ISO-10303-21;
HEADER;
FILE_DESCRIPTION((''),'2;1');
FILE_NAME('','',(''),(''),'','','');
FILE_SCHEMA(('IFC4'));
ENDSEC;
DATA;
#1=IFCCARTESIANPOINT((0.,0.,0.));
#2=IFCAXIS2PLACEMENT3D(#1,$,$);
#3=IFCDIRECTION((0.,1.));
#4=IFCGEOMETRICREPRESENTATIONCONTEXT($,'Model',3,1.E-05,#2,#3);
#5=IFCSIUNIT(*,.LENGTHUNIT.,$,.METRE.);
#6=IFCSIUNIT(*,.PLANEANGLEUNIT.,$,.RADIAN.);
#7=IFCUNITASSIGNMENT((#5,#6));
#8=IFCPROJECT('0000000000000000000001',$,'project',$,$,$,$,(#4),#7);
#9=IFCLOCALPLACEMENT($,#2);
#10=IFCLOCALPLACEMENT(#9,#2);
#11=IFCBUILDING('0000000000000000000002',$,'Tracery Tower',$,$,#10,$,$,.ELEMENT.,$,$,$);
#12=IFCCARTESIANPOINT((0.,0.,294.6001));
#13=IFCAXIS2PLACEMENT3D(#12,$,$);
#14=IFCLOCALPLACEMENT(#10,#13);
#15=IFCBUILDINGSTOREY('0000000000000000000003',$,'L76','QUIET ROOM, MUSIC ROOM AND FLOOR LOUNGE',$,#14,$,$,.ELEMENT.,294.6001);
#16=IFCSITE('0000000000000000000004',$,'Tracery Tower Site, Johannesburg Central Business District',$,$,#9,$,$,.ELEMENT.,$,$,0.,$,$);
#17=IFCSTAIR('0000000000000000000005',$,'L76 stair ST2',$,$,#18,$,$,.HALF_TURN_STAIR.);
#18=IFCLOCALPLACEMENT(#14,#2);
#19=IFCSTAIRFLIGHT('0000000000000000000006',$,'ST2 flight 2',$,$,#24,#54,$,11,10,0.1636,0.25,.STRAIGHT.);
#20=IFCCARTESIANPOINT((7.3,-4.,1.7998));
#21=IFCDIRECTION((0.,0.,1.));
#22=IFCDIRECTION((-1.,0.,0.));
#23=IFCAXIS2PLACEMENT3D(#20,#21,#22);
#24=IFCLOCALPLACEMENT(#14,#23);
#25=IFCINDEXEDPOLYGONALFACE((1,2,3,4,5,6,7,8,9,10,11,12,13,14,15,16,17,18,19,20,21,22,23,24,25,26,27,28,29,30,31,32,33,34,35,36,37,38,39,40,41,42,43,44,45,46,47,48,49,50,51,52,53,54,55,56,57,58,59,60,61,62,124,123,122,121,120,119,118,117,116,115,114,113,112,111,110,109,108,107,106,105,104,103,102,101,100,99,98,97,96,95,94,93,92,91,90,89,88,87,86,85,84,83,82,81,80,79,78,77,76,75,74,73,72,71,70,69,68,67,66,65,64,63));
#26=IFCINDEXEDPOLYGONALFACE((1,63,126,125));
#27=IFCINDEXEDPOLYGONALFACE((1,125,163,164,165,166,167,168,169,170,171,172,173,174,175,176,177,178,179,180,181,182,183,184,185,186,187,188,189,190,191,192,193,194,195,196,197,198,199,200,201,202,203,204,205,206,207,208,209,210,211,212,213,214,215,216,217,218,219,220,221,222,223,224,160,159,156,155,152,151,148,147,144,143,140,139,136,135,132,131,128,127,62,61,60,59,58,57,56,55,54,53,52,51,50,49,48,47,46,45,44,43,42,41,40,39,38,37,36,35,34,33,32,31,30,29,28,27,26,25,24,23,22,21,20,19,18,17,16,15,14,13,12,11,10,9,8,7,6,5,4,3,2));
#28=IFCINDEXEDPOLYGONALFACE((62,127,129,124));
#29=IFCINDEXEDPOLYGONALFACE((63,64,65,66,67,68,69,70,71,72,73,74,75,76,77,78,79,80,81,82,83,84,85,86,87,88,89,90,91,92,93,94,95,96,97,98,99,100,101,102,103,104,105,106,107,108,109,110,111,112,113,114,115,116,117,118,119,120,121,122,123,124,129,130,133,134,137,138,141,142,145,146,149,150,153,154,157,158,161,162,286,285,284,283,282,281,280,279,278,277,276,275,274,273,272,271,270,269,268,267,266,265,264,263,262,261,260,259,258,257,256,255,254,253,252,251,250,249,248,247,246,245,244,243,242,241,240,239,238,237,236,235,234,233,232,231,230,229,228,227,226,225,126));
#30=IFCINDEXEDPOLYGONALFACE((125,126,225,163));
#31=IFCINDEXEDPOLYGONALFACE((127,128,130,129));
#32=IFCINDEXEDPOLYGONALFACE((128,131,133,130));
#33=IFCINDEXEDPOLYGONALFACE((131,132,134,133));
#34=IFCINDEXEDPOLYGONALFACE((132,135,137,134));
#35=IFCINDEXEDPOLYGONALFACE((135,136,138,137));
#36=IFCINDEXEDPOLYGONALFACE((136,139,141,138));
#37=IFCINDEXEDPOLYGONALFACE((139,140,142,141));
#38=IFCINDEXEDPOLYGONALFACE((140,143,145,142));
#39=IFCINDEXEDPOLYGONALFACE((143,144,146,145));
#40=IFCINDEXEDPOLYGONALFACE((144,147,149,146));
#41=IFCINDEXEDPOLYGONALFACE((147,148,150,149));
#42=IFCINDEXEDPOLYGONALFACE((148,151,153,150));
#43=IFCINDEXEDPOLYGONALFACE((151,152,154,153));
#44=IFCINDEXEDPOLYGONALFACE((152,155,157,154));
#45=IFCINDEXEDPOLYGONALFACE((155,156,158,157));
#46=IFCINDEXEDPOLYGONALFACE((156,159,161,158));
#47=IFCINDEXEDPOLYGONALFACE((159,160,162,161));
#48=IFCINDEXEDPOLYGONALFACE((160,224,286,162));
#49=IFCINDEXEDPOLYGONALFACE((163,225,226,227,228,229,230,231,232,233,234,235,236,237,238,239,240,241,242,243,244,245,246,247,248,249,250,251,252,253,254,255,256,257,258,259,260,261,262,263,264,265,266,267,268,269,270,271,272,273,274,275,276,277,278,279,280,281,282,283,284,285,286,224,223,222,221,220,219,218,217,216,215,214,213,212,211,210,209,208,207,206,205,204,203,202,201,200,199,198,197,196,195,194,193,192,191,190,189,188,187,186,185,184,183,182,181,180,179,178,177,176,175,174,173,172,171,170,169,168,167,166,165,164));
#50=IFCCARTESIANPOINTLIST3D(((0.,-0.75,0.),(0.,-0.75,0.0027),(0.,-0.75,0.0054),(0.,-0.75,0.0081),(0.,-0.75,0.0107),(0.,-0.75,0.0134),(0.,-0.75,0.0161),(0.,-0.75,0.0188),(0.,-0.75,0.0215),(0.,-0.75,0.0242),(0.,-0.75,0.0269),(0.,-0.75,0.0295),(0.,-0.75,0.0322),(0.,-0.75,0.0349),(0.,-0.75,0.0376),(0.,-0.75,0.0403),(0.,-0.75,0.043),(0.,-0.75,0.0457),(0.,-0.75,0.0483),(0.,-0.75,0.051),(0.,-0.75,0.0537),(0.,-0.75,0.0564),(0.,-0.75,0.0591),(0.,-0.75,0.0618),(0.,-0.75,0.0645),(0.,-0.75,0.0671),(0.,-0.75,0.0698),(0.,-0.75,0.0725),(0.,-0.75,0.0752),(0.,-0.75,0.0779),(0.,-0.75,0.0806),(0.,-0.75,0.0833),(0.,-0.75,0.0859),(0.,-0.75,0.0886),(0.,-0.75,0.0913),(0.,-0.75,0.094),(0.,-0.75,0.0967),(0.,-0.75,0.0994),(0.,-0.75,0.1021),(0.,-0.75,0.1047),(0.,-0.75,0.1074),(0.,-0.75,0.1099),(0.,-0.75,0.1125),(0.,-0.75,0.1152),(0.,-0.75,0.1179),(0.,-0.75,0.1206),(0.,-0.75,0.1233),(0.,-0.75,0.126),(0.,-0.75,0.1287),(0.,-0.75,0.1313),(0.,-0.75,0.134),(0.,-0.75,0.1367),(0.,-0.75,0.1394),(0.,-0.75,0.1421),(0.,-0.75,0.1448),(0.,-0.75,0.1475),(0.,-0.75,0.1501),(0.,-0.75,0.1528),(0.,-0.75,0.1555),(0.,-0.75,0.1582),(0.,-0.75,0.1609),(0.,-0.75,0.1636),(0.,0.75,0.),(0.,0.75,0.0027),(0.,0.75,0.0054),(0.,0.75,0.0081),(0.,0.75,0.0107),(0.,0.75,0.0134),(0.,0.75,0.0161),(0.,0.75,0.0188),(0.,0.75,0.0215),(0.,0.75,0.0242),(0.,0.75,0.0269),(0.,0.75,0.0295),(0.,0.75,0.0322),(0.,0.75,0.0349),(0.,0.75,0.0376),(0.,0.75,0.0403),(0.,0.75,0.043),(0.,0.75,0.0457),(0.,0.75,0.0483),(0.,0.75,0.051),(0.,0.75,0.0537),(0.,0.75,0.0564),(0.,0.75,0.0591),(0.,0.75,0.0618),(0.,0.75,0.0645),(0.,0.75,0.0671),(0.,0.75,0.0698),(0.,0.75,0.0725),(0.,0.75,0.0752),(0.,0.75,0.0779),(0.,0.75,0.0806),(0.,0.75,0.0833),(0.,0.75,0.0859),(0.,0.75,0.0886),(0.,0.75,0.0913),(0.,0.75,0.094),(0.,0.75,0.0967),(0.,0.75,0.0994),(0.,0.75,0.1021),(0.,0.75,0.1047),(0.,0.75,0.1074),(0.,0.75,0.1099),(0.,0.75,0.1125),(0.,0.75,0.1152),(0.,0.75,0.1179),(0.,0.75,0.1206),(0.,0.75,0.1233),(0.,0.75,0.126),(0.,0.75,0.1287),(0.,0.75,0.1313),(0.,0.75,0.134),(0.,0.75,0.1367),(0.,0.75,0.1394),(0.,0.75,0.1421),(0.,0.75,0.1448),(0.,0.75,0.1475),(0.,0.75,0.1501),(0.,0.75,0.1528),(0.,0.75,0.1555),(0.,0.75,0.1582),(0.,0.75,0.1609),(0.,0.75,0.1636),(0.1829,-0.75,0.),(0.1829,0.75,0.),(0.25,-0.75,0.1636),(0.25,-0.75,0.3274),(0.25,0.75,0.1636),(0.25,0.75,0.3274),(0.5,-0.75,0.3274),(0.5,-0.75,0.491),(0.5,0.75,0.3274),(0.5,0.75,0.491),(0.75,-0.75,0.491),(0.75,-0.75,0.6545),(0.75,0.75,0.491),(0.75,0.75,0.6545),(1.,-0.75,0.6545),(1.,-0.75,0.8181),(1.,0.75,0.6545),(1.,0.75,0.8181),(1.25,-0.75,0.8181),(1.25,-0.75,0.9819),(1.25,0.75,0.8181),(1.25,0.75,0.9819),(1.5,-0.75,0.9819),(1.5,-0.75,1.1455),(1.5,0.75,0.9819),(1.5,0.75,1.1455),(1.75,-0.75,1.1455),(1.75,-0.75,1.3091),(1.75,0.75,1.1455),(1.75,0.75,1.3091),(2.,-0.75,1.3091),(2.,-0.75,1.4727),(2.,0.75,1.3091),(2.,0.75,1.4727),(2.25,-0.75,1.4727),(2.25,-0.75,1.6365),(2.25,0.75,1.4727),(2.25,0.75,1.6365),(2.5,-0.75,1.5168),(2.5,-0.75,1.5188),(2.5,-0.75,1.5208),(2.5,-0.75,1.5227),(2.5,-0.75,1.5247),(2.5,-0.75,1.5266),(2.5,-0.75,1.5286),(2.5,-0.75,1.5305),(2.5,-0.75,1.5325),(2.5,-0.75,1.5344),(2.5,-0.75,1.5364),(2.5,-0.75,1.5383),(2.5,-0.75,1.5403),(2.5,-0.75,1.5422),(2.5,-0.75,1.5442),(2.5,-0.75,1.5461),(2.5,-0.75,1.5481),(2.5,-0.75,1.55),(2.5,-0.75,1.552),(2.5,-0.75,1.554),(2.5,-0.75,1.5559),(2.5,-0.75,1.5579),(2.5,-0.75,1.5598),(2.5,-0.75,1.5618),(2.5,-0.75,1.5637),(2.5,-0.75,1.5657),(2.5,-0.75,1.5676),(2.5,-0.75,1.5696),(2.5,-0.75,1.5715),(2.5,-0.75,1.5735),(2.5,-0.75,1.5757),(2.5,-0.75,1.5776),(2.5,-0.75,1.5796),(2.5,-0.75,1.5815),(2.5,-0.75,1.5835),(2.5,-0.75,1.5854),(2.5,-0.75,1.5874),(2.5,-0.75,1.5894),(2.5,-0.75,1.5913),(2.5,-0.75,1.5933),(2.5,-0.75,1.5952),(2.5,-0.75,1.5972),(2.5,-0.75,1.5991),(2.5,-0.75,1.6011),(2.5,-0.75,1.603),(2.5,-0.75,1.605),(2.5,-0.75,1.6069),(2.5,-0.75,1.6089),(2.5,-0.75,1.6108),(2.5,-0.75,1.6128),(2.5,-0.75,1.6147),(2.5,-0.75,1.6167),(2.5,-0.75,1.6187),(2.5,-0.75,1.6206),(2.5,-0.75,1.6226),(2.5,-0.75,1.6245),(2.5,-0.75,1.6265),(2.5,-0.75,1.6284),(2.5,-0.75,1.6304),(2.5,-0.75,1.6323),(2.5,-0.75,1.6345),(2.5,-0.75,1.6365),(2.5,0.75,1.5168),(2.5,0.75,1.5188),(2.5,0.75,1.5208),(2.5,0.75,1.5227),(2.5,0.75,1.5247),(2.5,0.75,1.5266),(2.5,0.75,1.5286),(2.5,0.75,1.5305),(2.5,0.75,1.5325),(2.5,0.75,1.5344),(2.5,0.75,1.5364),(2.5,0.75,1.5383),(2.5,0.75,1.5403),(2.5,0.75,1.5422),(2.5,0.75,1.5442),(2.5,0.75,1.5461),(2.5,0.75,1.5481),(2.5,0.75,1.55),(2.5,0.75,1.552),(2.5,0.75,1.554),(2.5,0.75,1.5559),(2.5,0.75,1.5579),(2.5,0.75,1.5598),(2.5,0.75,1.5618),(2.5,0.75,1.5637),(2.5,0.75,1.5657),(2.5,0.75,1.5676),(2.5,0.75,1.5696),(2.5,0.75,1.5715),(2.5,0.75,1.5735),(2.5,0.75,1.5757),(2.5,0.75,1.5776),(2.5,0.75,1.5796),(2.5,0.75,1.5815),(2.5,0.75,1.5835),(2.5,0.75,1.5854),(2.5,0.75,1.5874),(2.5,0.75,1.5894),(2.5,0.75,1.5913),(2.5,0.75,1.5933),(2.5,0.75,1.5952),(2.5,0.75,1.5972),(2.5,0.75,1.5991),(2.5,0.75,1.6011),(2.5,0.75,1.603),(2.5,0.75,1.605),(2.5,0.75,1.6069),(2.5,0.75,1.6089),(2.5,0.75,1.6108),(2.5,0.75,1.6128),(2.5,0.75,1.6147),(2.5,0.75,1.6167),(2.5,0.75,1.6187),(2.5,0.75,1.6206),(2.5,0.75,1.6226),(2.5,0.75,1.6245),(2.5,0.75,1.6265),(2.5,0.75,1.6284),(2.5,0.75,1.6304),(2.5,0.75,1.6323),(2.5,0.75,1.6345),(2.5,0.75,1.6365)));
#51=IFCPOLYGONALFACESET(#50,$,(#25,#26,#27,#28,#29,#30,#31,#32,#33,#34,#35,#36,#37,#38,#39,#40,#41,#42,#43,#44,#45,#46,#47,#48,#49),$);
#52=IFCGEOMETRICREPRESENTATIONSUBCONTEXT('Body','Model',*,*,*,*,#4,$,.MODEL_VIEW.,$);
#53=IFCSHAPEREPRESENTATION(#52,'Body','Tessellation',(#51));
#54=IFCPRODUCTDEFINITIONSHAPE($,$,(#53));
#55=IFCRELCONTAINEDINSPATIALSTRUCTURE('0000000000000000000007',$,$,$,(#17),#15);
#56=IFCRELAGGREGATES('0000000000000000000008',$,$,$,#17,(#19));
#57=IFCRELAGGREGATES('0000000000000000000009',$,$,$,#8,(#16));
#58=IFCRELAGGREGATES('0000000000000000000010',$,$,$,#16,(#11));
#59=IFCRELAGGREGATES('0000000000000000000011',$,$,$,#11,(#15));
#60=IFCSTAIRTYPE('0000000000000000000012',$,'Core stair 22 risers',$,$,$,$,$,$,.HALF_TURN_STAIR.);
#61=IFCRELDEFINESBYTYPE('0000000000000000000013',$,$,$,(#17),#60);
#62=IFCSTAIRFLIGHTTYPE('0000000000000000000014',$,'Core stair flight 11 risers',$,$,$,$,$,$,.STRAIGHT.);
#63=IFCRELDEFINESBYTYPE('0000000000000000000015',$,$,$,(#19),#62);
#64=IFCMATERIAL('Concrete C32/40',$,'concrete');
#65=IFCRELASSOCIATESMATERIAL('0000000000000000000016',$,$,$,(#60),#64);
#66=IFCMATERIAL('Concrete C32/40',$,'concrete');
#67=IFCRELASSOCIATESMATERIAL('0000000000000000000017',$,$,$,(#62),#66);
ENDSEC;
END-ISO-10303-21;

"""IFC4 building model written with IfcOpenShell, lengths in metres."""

from ifc_helpers import new_model, si_unit, direction, frame, origin, place, context, subcontext, project, spatial, polyline, outline, extrude, material, type_object, element, aggregate, save


model = new_model("IFC4")

# Units and contexts
model_context = context("Model", 3, precision=1e-05, world=origin(), true_north=direction((0.0, 1.0)))
body_context = subcontext(model_context, "Body", "Model", "MODEL_VIEW")
ifc_project = project(units=[si_unit("LENGTHUNIT", "METRE"), si_unit("PLANEANGLEUNIT", "RADIAN")], contexts=[model_context])

# Site, building, storey
site_placement = place(None, origin())
site = spatial("IfcSite", under=ifc_project, at=site_placement, Name="Tracery Tower Site, Johannesburg Central Business District", CompositionType="ELEMENT", RefElevation=0.0)
building_placement = place(site_placement, origin())
building = spatial("IfcBuilding", under=site, at=building_placement, Name="Tracery Tower", CompositionType="ELEMENT")
storey_placement = place(building_placement, frame((0.0, 0.0, 294.6001)))
storey = spatial("IfcBuildingStorey", under=building, at=storey_placement, Name="L76", Description="QUIET ROOM, MUSIC ROOM AND FLOOR LOUNGE", CompositionType="ELEMENT", Elevation=294.6001)

# Stair, stair flight
ifc_material_1 = material(Name="Concrete C32/40", Category="concrete")
stair_type = type_object("IfcStairType", Name="Core stair 22 risers", PredefinedType="HALF_TURN_STAIR", material=ifc_material_1)
stair_placement = place(storey_placement, origin())
stair = element("IfcStair", 1, at=stair_placement, inside=storey, type_object=stair_type, Name="L76 stair ST2", PredefinedType="HALF_TURN_STAIR")
ifc_material_2 = material(Name="Concrete C32/40", Category="concrete")
stair_flight_type = type_object("IfcStairFlightType", Name="Core stair flight 11 risers", PredefinedType="STRAIGHT", material=ifc_material_2)
stair_flight_placement = place(storey_placement, frame((7.3, -4.0, 1.7998), z_axis=(0.0, 0.0, 1.0), x_axis=(-1.0, 0.0, 0.0)))
stair_flight = element("IfcStairFlight", 2, at=stair_flight_placement, type_object=stair_flight_type, Name="ST2 flight 2", NumberOfRisers=11, NumberOfTreads=10, PredefinedType="STRAIGHT", RiserHeight=0.1636, TreadLength=0.25, context=body_context, shape_type="SweptSolid", body=[
    extrude(outline(polyline([(0.0, 0.0), (0.0, 0.0027), (0.0, 0.0054), (0.0, 0.0081), (0.0, 0.0107), (0.0, 0.0134), (0.0, 0.0161), (0.0, 0.0188), (0.0, 0.0215), (0.0, 0.0242), (0.0, 0.0269), (0.0, 0.0295), (0.0, 0.0322), (0.0, 0.0349), (0.0, 0.0376), (0.0, 0.0403), (0.0, 0.043), (0.0, 0.0457), (0.0, 0.0483), (0.0, 0.051), (0.0, 0.0537), (0.0, 0.0564), (0.0, 0.0591), (0.0, 0.0618), (0.0, 0.0645), (0.0, 0.0671), (0.0, 0.0698), (0.0, 0.0725), (0.0, 0.0752), (0.0, 0.0779), (0.0, 0.0806), (0.0, 0.0833), (0.0, 0.0859), (0.0, 0.0886), (0.0, 0.0913), (0.0, 0.094), (0.0, 0.0967), (0.0, 0.0994), (0.0, 0.1021), (0.0, 0.1047), (0.0, 0.1074), (0.0, 0.1099), (0.0, 0.1125), (0.0, 0.1152), (0.0, 0.1179), (0.0, 0.1206), (0.0, 0.1233), (0.0, 0.126), (0.0, 0.1287), (0.0, 0.1313), (0.0, 0.134), (0.0, 0.1367), (0.0, 0.1394), (0.0, 0.1421), (0.0, 0.1448), (0.0, 0.1475), (0.0, 0.1501), (0.0, 0.1528), (0.0, 0.1555), (0.0, 0.1582), (0.0, 0.1609), (0.0, 0.1636), (0.25, 0.1636), (0.25, 0.3274), (0.5, 0.3274), (0.5, 0.491), (0.75, 0.491), (0.75, 0.6545), (1.0, 0.6545), (1.0, 0.8181), (1.25, 0.8181), (1.25, 0.9819), (1.5, 0.9819), (1.5, 1.1455), (1.75, 1.1455), (1.75, 1.3091), (2.0, 1.3091), (2.0, 1.4727), (2.25, 1.4727), (2.25, 1.6365), (2.5, 1.6365), (2.5, 1.6345), (2.5, 1.6323), (2.5, 1.6304), (2.5, 1.6284), (2.5, 1.6265), (2.5, 1.6245), (2.5, 1.6226), (2.5, 1.6206), (2.5, 1.6187), (2.5, 1.6167), (2.5, 1.6147), (2.5, 1.6128), (2.5, 1.6108), (2.5, 1.6089), (2.5, 1.6069), (2.5, 1.605), (2.5, 1.603), (2.5, 1.6011), (2.5, 1.5991), (2.5, 1.5972), (2.5, 1.5952), (2.5, 1.5933), (2.5, 1.5913), (2.5, 1.5894), (2.5, 1.5874), (2.5, 1.5854), (2.5, 1.5835), (2.5, 1.5815), (2.5, 1.5796), (2.5, 1.5776), (2.5, 1.5757), (2.5, 1.5735), (2.5, 1.5715), (2.5, 1.5696), (2.5, 1.5676), (2.5, 1.5657), (2.5, 1.5637), (2.5, 1.5618), (2.5, 1.5598), (2.5, 1.5579), (2.5, 1.5559), (2.5, 1.554), (2.5, 1.552), (2.5, 1.55), (2.5, 1.5481), (2.5, 1.5461), (2.5, 1.5442), (2.5, 1.5422), (2.5, 1.5403), (2.5, 1.5383), (2.5, 1.5364), (2.5, 1.5344), (2.5, 1.5325), (2.5, 1.5305), (2.5, 1.5286), (2.5, 1.5266), (2.5, 1.5247), (2.5, 1.5227), (2.5, 1.5208), (2.5, 1.5188), (2.5, 1.5168), (0.1829, 0.0), (0.0, 0.0)])), frame((0.0, 0.75, 0.0), z_axis=(0.0, -1.0, 0.0), x_axis=(1.0, 0.0, 0.0)), (0.0, 0.0, 1.0), 1.5),
])
aggregate(stair, [stair_flight])

save(model, "model.ifc")
